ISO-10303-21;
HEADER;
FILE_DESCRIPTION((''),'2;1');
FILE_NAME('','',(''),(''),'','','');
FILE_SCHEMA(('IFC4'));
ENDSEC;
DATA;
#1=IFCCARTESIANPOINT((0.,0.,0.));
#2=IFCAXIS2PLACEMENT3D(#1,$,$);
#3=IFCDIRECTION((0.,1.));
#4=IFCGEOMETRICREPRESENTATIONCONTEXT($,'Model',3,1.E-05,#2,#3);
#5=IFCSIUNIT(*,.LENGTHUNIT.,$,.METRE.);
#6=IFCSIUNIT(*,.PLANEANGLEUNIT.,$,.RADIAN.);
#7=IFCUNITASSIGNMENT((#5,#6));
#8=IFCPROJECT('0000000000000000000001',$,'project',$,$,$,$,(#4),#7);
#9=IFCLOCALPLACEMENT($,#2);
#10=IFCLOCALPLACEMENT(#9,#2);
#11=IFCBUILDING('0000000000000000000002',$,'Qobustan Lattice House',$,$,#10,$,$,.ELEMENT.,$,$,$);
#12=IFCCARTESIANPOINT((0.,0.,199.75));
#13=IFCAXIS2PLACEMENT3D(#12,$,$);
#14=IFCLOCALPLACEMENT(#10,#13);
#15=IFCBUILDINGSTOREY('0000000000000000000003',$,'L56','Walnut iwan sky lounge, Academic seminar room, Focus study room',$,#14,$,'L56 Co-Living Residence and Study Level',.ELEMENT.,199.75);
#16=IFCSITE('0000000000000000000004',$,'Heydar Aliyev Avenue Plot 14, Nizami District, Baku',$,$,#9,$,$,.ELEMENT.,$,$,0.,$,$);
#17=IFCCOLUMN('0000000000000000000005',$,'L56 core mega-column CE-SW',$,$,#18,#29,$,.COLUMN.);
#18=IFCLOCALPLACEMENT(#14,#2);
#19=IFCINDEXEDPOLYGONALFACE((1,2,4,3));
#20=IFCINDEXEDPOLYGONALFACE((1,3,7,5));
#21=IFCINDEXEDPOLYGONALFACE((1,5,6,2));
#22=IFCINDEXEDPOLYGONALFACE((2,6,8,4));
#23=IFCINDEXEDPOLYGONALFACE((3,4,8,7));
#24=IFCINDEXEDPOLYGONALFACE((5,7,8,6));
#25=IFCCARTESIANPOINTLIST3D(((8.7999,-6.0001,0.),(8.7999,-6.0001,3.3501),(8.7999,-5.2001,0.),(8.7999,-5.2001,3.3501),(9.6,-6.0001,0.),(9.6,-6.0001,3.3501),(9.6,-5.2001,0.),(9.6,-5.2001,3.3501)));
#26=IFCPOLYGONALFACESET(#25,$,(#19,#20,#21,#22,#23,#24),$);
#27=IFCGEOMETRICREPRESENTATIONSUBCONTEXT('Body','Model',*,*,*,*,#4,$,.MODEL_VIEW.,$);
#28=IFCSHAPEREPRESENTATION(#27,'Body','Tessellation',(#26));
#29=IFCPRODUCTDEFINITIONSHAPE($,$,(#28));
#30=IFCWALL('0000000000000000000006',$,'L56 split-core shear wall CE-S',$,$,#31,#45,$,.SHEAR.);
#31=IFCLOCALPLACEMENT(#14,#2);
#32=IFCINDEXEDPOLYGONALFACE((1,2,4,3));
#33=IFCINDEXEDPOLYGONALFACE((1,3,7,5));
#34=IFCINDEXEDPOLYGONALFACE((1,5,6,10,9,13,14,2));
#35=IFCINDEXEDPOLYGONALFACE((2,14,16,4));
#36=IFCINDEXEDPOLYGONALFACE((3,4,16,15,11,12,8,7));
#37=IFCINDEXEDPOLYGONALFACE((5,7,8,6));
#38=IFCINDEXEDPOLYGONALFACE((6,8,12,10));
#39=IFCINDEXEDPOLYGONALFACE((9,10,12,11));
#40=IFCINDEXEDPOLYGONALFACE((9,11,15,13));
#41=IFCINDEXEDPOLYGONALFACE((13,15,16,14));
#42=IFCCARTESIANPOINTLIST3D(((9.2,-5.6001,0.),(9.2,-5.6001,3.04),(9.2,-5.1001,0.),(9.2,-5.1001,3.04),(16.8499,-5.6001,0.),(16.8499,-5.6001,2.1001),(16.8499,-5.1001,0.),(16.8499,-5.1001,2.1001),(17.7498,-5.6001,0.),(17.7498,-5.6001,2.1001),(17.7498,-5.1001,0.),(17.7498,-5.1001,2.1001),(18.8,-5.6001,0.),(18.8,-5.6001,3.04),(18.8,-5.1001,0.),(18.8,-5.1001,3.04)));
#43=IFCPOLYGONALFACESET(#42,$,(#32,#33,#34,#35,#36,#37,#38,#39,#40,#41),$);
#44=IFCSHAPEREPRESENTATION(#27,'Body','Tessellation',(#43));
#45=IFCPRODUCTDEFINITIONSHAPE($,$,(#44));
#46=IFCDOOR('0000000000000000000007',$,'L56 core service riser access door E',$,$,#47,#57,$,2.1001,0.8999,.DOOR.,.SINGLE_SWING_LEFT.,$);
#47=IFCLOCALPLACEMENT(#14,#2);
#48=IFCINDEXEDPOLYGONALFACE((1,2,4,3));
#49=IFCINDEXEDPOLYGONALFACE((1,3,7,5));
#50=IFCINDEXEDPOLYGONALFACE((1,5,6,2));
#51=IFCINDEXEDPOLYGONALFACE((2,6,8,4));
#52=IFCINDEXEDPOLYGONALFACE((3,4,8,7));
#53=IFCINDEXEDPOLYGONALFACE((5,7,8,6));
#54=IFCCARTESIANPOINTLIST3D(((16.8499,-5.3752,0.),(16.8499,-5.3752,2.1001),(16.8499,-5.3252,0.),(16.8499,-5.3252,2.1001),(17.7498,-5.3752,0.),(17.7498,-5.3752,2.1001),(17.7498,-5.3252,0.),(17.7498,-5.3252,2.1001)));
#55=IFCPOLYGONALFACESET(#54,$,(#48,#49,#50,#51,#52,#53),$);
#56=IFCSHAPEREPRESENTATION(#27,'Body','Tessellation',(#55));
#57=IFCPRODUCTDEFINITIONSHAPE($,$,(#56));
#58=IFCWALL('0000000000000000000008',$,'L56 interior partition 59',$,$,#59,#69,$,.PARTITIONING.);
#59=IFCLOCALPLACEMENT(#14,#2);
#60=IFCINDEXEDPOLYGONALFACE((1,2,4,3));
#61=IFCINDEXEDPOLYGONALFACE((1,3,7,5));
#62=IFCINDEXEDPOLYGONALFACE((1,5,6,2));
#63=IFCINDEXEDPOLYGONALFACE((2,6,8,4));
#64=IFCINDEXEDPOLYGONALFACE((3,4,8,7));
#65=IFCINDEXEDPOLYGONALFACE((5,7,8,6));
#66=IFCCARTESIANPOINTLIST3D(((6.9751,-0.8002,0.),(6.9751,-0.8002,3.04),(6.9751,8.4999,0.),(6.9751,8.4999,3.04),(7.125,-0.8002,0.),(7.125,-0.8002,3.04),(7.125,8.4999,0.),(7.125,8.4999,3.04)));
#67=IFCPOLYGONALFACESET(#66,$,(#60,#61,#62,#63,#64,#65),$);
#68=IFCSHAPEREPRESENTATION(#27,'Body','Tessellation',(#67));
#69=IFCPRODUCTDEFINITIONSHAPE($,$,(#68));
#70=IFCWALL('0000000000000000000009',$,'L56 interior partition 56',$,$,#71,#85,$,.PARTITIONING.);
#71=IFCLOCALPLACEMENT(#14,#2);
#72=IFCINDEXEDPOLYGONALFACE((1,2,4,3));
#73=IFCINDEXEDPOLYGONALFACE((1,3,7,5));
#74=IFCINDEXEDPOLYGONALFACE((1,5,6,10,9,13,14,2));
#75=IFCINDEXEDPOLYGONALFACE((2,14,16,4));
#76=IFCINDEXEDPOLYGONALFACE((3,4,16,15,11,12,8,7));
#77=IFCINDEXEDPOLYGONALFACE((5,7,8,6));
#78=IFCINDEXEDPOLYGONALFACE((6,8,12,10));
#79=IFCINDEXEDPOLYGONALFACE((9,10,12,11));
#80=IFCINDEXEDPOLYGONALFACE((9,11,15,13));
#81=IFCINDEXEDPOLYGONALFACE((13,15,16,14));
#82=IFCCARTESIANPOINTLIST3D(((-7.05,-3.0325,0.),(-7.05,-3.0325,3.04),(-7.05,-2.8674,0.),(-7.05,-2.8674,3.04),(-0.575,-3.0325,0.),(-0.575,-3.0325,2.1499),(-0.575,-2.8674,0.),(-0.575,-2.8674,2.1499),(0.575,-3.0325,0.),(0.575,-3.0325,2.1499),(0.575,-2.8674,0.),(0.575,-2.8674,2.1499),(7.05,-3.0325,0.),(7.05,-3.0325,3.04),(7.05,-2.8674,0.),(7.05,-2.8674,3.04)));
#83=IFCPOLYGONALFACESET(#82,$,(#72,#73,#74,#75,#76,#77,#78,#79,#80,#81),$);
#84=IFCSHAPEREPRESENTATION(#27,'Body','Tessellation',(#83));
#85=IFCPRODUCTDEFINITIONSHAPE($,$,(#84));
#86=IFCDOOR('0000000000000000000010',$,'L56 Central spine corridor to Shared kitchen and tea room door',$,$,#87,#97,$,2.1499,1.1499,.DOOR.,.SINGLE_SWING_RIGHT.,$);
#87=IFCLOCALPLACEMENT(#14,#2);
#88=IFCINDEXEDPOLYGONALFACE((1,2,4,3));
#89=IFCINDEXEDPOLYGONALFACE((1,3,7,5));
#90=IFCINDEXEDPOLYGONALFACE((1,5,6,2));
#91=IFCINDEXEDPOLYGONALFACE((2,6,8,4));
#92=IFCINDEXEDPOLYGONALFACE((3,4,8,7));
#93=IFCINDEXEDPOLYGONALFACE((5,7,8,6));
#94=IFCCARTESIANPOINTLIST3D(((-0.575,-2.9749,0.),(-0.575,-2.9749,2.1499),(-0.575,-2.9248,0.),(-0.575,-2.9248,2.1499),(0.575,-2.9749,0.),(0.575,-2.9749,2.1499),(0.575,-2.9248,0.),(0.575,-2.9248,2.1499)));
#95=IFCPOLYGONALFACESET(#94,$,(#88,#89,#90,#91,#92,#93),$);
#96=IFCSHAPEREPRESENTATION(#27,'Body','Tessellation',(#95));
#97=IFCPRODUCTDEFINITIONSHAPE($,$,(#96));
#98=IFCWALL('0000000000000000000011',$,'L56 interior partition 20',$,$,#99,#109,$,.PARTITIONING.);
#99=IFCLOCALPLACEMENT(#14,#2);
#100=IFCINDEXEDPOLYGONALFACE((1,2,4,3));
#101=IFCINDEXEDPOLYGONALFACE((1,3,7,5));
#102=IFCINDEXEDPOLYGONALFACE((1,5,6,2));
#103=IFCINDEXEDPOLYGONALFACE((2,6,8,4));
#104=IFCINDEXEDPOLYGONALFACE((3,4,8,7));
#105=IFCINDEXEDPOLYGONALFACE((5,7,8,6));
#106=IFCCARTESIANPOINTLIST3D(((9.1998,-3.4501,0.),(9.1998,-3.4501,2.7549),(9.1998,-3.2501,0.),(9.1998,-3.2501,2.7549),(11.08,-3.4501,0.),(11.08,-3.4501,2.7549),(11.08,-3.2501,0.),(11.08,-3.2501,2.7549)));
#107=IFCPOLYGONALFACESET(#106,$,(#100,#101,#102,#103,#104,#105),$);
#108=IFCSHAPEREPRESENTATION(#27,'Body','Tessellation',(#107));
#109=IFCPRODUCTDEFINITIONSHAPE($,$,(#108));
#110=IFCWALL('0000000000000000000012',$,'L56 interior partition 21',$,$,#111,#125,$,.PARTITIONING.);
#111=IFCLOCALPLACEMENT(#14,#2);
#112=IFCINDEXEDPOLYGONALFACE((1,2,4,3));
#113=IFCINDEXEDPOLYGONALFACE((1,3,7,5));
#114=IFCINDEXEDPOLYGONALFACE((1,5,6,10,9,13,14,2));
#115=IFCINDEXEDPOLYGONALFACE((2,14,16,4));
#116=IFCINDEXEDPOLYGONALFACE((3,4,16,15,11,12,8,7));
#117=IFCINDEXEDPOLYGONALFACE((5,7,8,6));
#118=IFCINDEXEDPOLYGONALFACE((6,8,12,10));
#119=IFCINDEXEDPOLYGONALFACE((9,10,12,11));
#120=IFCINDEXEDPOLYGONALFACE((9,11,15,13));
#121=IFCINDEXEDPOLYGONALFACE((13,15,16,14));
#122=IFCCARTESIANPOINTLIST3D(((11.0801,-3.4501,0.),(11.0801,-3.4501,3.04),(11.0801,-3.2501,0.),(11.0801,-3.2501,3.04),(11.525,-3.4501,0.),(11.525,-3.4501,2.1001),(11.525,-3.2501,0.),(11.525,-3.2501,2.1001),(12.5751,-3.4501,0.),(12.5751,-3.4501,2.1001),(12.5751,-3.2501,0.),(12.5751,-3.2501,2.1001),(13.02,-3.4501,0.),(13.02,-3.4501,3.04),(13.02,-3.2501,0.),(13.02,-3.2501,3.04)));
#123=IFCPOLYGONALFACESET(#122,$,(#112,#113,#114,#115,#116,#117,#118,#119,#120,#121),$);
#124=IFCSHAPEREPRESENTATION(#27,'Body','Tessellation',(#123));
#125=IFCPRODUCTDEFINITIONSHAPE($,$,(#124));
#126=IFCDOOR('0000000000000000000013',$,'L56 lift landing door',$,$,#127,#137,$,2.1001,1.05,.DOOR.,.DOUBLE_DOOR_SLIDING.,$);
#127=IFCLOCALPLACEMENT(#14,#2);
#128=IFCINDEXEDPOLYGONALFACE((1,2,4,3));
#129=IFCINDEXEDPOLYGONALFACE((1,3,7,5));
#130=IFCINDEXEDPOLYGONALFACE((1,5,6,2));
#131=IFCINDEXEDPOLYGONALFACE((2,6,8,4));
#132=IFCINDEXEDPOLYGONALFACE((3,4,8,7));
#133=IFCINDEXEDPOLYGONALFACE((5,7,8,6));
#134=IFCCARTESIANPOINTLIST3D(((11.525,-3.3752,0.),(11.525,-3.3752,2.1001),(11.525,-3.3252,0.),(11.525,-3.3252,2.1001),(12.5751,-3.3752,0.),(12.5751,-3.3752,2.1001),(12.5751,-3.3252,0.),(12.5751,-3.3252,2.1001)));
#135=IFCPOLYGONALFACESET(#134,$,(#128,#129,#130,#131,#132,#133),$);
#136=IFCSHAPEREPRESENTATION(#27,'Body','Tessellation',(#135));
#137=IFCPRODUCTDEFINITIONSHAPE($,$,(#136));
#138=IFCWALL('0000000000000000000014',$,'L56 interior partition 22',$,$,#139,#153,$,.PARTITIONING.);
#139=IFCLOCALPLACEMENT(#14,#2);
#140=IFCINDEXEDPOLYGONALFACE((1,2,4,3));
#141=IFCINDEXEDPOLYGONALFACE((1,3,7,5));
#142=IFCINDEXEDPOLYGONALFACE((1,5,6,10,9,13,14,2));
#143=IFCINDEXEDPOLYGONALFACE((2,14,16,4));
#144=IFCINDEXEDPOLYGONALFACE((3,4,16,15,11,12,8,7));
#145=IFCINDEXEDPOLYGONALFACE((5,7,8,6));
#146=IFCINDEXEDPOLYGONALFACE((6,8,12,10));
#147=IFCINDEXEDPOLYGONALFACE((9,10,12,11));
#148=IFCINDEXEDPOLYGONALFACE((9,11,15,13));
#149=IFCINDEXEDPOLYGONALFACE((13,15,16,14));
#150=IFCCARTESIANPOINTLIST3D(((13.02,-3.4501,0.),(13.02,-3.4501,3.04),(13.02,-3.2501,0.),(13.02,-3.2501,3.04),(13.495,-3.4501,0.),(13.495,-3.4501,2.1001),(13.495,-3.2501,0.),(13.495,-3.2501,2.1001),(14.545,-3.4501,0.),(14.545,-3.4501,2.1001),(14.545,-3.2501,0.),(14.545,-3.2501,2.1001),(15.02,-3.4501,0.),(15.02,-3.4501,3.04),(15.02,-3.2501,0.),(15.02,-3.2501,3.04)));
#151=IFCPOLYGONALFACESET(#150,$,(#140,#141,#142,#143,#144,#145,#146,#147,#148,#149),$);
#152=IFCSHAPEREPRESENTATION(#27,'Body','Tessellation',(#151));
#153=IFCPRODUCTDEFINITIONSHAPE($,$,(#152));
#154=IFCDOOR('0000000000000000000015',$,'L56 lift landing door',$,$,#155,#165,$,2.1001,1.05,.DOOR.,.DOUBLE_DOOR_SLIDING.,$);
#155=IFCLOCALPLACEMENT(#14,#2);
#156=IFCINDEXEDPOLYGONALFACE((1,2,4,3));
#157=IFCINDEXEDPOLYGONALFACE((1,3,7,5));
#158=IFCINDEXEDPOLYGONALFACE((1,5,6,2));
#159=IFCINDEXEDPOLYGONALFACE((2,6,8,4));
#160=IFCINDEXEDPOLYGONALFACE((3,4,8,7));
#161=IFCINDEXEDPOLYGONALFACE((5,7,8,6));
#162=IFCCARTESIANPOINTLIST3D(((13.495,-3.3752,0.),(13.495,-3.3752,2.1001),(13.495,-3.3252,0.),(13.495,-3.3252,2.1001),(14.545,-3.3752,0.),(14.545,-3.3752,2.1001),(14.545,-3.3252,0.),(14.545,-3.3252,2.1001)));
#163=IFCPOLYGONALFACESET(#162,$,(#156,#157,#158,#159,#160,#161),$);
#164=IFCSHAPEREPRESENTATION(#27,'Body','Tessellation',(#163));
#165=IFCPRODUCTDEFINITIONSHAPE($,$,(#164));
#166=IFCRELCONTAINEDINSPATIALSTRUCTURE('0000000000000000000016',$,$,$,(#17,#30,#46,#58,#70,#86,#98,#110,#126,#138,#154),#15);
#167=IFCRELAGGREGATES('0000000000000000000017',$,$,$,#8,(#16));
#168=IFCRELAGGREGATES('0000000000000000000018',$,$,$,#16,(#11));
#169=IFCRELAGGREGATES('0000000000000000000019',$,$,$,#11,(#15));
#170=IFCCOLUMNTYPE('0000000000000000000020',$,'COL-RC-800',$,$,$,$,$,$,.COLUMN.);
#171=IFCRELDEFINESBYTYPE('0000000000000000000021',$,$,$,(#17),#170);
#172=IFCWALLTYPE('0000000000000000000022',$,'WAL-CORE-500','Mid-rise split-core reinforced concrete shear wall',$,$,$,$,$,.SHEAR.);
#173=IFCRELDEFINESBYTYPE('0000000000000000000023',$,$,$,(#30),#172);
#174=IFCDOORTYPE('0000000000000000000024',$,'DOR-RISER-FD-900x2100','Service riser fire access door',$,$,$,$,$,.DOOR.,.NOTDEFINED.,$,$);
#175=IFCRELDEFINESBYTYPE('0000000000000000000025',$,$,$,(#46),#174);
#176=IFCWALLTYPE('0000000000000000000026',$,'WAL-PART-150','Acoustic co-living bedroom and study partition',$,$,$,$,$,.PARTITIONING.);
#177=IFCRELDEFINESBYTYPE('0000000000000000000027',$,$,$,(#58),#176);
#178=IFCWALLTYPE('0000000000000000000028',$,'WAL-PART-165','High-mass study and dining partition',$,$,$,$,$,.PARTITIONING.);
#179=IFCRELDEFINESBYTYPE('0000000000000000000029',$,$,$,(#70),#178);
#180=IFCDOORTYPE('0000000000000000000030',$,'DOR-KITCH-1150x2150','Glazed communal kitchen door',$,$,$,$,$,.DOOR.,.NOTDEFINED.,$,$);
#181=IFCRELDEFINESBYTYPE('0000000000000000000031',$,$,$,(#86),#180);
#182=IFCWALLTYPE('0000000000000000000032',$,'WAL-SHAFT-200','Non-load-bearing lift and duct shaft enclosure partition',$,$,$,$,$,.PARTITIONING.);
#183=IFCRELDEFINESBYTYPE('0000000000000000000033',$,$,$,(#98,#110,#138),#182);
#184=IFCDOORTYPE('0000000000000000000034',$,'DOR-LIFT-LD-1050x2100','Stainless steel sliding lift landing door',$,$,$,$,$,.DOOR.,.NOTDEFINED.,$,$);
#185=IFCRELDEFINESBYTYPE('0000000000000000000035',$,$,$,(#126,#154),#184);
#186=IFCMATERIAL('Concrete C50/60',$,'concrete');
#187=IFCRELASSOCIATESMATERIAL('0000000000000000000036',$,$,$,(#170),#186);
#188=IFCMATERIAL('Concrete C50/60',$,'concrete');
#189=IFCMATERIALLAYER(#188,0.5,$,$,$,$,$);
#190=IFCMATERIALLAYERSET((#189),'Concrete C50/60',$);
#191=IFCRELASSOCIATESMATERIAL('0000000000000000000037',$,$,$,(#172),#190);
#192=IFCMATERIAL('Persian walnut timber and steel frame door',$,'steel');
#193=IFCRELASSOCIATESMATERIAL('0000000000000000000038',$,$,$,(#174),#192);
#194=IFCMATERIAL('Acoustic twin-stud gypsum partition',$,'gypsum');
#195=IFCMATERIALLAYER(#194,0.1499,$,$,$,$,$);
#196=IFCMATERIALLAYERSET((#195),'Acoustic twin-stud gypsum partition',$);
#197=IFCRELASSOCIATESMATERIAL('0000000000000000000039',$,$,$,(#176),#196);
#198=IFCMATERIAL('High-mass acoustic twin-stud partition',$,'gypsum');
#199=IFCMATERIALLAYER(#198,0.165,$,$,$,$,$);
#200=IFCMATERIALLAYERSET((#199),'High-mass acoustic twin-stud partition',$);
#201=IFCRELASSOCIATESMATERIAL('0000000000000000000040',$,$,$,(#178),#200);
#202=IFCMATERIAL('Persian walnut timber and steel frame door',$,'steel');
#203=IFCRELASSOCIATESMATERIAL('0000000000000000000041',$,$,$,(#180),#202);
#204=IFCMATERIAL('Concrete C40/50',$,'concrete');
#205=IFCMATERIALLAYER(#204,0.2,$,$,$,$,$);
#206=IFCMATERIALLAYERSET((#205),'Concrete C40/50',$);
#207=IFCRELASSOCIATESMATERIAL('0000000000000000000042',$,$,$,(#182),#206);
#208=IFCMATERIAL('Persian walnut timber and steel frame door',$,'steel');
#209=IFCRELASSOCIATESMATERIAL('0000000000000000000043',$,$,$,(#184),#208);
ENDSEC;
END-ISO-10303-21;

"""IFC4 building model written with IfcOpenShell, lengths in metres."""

from ifc_helpers import new_model, si_unit, direction, frame, frame_2d, origin, origin_2d, place, context, subcontext, project, spatial, rectangle, extrude, material, layer, layer_set, material_profile, profile_set, type_object, element, fill, save


model = new_model("IFC4")

# Units and contexts
model_context = context("Model", 3, precision=1e-05, world=origin(), true_north=direction((0.0, 1.0)))
body_context = subcontext(model_context, "Body", "Model", "MODEL_VIEW")
ifc_project = project(units=[si_unit("LENGTHUNIT", "METRE"), si_unit("PLANEANGLEUNIT", "RADIAN")], contexts=[model_context])

# Site, building, storey
site_placement = place(None, origin())
site = spatial("IfcSite", under=ifc_project, at=site_placement, Name="Heydar Aliyev Avenue Plot 14, Nizami District, Baku", CompositionType="ELEMENT", RefElevation=0.0)
building_placement = place(site_placement, origin())
building = spatial("IfcBuilding", under=site, at=building_placement, Name="Qobustan Lattice House", CompositionType="ELEMENT")
storey_placement = place(building_placement, frame((0.0, 0.0, 199.75)))
storey = spatial("IfcBuildingStorey", under=building, at=storey_placement, Name="L56", Description="Walnut iwan sky lounge, Academic seminar room, Focus study room", LongName="L56 Co-Living Residence and Study Level", CompositionType="ELEMENT", Elevation=199.75)

# Column
ifc_material_1 = material(Name="Concrete C50/60", Category="concrete")
ifc_material_profile = material_profile(ifc_material_1, rectangle(XDim=0.8, YDim=0.8, at=origin_2d()), Name="RC800x800")
ifc_profile_set = profile_set([ifc_material_profile], Name="Concrete C50/60")
column_type = type_object("IfcColumnType", Name="COL-RC-800", PredefinedType="COLUMN", material=ifc_profile_set)
column_placement = place(storey_placement, frame((9.2, -5.6001, 0.0), z_axis=(0.0, 0.0, 1.0), x_axis=(1.0, 0.0, 0.0)))
element("IfcColumn", 1, at=column_placement, inside=storey, type_object=column_type, Name="L56 core mega-column CE-SW", PredefinedType="COLUMN", context=body_context, shape_type="SweptSolid", body=[
    extrude(rectangle(XDim=0.8, YDim=0.8, at=origin_2d()), origin(), (0.0, 0.0, 1.0), 3.3501),
])

# Wall, opening, door
ifc_material_2 = material(Name="Concrete C50/60", Category="concrete")
ifc_layer_1 = layer(ifc_material_2, 0.5)
ifc_layer_set_1 = layer_set([ifc_layer_1], Name="Concrete C50/60")
wall_type_1 = type_object("IfcWallType", Name="WAL-CORE-500", Description="Mid-rise split-core reinforced concrete shear wall", PredefinedType="SHEAR", material=ifc_layer_set_1)
wall_1_placement = place(storey_placement, frame((9.2, -5.3501, 0.0), z_axis=(0.0, 0.0, 1.0), x_axis=(1.0, 0.0, 0.0)))
wall_1 = element("IfcWall", 2, at=wall_1_placement, inside=storey, type_object=wall_type_1, Name="L56 split-core shear wall CE-S", PredefinedType="SHEAR", context=body_context, shape_type="SweptSolid", body=[
    extrude(rectangle(XDim=9.6001, YDim=0.5, at=frame_2d((4.8, 0.0))), origin(), (0.0, 0.0, 1.0), 3.04),
])
opening_1_placement = place(wall_1_placement, frame((7.6499, 0.0, 0.0)))
opening_1 = element("IfcOpeningElement", 3, at=opening_1_placement, cuts=wall_1, PredefinedType="OPENING", context=body_context, shape_type="SweptSolid", body=[
    extrude(rectangle(XDim=0.8999, YDim=2.1001, at=frame_2d((0.45, 1.05))), frame((0.0, 0.26, 0.0), z_axis=(0.0, -1.0, 0.0), x_axis=(1.0, 0.0, 0.0)), (0.0, 0.0, 1.0), 0.52),
])
ifc_material_3 = material(Name="Persian walnut timber and steel frame door", Category="steel")
door_type_1 = type_object("IfcDoorType", Name="DOR-RISER-FD-900x2100", Description="Service riser fire access door", OperationType="NOTDEFINED", PredefinedType="DOOR", material=ifc_material_3)
door_1_placement = place(opening_1_placement, origin())
door_1 = element("IfcDoor", 4, at=door_1_placement, inside=storey, type_object=door_type_1, Name="L56 core service riser access door E", OperationType="SINGLE_SWING_LEFT", OverallHeight=2.1001, OverallWidth=0.8999, PredefinedType="DOOR", context=body_context, shape_type="SweptSolid", body=[
    extrude(rectangle(XDim=0.8999, YDim=2.1001, at=frame_2d((0.45, 1.05))), frame((0.0, 0.0249, 0.0), z_axis=(0.0, -1.0, 0.0), x_axis=(1.0, 0.0, 0.0)), (0.0, 0.0, 1.0), 0.05),
])
fill(opening_1, door_1)

# Wall
ifc_material_4 = material(Name="Acoustic twin-stud gypsum partition", Category="gypsum")
ifc_layer_2 = layer(ifc_material_4, 0.1499)
ifc_layer_set_2 = layer_set([ifc_layer_2], Name="Acoustic twin-stud gypsum partition")
wall_type_2 = type_object("IfcWallType", Name="WAL-PART-150", Description="Acoustic co-living bedroom and study partition", PredefinedType="PARTITIONING", material=ifc_layer_set_2)
wall_2_placement = place(storey_placement, frame((7.05, -0.8, 0.0), z_axis=(0.0, 0.0, 1.0), x_axis=(0.0, 1.0, 0.0)))
element("IfcWall", 5, at=wall_2_placement, inside=storey, type_object=wall_type_2, Name="L56 interior partition 59", PredefinedType="PARTITIONING", context=body_context, shape_type="SweptSolid", body=[
    extrude(rectangle(XDim=9.3, YDim=0.1499, at=frame_2d((4.6499, 0.0))), origin(), (0.0, 0.0, 1.0), 3.04),
])

# Wall, opening, door
ifc_material_5 = material(Name="High-mass acoustic twin-stud partition", Category="gypsum")
ifc_layer_3 = layer(ifc_material_5, 0.165)
ifc_layer_set_3 = layer_set([ifc_layer_3], Name="High-mass acoustic twin-stud partition")
wall_type_3 = type_object("IfcWallType", Name="WAL-PART-165", Description="High-mass study and dining partition", PredefinedType="PARTITIONING", material=ifc_layer_set_3)
wall_3_placement = place(storey_placement, frame((7.05, -2.95, 0.0), z_axis=(0.0, 0.0, 1.0), x_axis=(-1.0, 0.0, 0.0)))
wall_3 = element("IfcWall", 6, at=wall_3_placement, inside=storey, type_object=wall_type_3, Name="L56 interior partition 56", PredefinedType="PARTITIONING", context=body_context, shape_type="SweptSolid", body=[
    extrude(rectangle(XDim=14.1001, YDim=0.165, at=frame_2d((7.05, 0.0))), origin(), (0.0, 0.0, 1.0), 3.04),
])
opening_2_placement = place(wall_3_placement, frame((6.4751, 0.0, 0.0)))
opening_2 = element("IfcOpeningElement", 7, at=opening_2_placement, cuts=wall_3, PredefinedType="OPENING", context=body_context, shape_type="SweptSolid", body=[
    extrude(rectangle(XDim=1.1499, YDim=2.1499, at=frame_2d((0.575, 1.075))), frame((0.0, 0.0925, 0.0), z_axis=(0.0, -1.0, 0.0), x_axis=(1.0, 0.0, 0.0)), (0.0, 0.0, 1.0), 0.1851),
])
ifc_material_6 = material(Name="Persian walnut timber and steel frame door", Category="steel")
door_type_2 = type_object("IfcDoorType", Name="DOR-KITCH-1150x2150", Description="Glazed communal kitchen door", OperationType="NOTDEFINED", PredefinedType="DOOR", material=ifc_material_6)
door_2_placement = place(opening_2_placement, origin())
door_2 = element("IfcDoor", 8, at=door_2_placement, inside=storey, type_object=door_type_2, Name="L56 Central spine corridor to Shared kitchen and tea room door", OperationType="SINGLE_SWING_RIGHT", OverallHeight=2.1499, OverallWidth=1.1499, PredefinedType="DOOR", context=body_context, shape_type="SweptSolid", body=[
    extrude(rectangle(XDim=1.1499, YDim=2.1499, at=frame_2d((0.575, 1.075))), frame((0.0, 0.0249, 0.0), z_axis=(0.0, -1.0, 0.0), x_axis=(1.0, 0.0, 0.0)), (0.0, 0.0, 1.0), 0.05),
])
fill(opening_2, door_2)

# Wall
ifc_material_7 = material(Name="Concrete C40/50", Category="concrete")
ifc_layer_4 = layer(ifc_material_7, 0.2)
ifc_layer_set_4 = layer_set([ifc_layer_4], Name="Concrete C40/50")
wall_type_4 = type_object("IfcWallType", Name="WAL-SHAFT-200", Description="Non-load-bearing lift and duct shaft enclosure partition", PredefinedType="PARTITIONING", material=ifc_layer_set_4)
wall_4_placement = place(storey_placement, frame((9.2, -3.3501, 0.0), z_axis=(0.0, 0.0, 1.0), x_axis=(1.0, 0.0, 0.0)))
element("IfcWall", 9, at=wall_4_placement, inside=storey, type_object=wall_type_4, Name="L56 interior partition 20", PredefinedType="PARTITIONING", context=body_context, shape_type="SweptSolid", body=[
    extrude(rectangle(XDim=1.8801, YDim=0.2, at=frame_2d((0.9399, 0.0))), origin(), (0.0, 0.0, 1.0), 2.7549),
])

# Walls, openings, doors
wall_5_placement = place(storey_placement, frame((11.0801, -3.3501, 0.0), z_axis=(0.0, 0.0, 1.0), x_axis=(1.0, 0.0, 0.0)))
wall_5 = element("IfcWall", 10, at=wall_5_placement, inside=storey, type_object=wall_type_4, Name="L56 interior partition 21", PredefinedType="PARTITIONING", context=body_context, shape_type="SweptSolid", body=[
    extrude(rectangle(XDim=1.9399, YDim=0.2, at=frame_2d((0.97, 0.0))), origin(), (0.0, 0.0, 1.0), 3.04),
])
opening_3_placement = place(wall_5_placement, frame((0.4451, 0.0, 0.0)))
opening_3 = element("IfcOpeningElement", 11, at=opening_3_placement, cuts=wall_5, PredefinedType="OPENING", context=body_context, shape_type="SweptSolid", body=[
    extrude(rectangle(XDim=1.05, YDim=2.1001, at=frame_2d((0.5249, 1.05))), frame((0.0, 0.1099, 0.0), z_axis=(0.0, -1.0, 0.0), x_axis=(1.0, 0.0, 0.0)), (0.0, 0.0, 1.0), 0.22),
])
ifc_material_8 = material(Name="Persian walnut timber and steel frame door", Category="steel")
door_type_3 = type_object("IfcDoorType", Name="DOR-LIFT-LD-1050x2100", Description="Stainless steel sliding lift landing door", OperationType="NOTDEFINED", PredefinedType="DOOR", material=ifc_material_8)
door_3_placement = place(opening_3_placement, origin())
door_3 = element("IfcDoor", 12, at=door_3_placement, inside=storey, type_object=door_type_3, Name="L56 lift landing door", OperationType="DOUBLE_DOOR_SLIDING", OverallHeight=2.1001, OverallWidth=1.05, PredefinedType="DOOR", context=body_context, shape_type="SweptSolid", body=[
    extrude(rectangle(XDim=1.05, YDim=2.1001, at=frame_2d((0.5249, 1.05))), frame((0.0, 0.0249, 0.0), z_axis=(0.0, -1.0, 0.0), x_axis=(1.0, 0.0, 0.0)), (0.0, 0.0, 1.0), 0.05),
])
fill(opening_3, door_3)
wall_6_placement = place(storey_placement, frame((13.02, -3.3501, 0.0), z_axis=(0.0, 0.0, 1.0), x_axis=(1.0, 0.0, 0.0)))
wall_6 = element("IfcWall", 13, at=wall_6_placement, inside=storey, type_object=wall_type_4, Name="L56 interior partition 22", PredefinedType="PARTITIONING", context=body_context, shape_type="SweptSolid", body=[
    extrude(rectangle(XDim=2.0, YDim=0.2, at=frame_2d((1.0, 0.0))), origin(), (0.0, 0.0, 1.0), 3.04),
])
opening_4_placement = place(wall_6_placement, frame((0.4751, 0.0, 0.0)))
opening_4 = element("IfcOpeningElement", 14, at=opening_4_placement, cuts=wall_6, PredefinedType="OPENING", context=body_context, shape_type="SweptSolid", body=[
    extrude(rectangle(XDim=1.05, YDim=2.1001, at=frame_2d((0.5249, 1.05))), frame((0.0, 0.1099, 0.0), z_axis=(0.0, -1.0, 0.0), x_axis=(1.0, 0.0, 0.0)), (0.0, 0.0, 1.0), 0.22),
])
door_4_placement = place(opening_4_placement, origin())
door_4 = element("IfcDoor", 15, at=door_4_placement, inside=storey, type_object=door_type_3, Name="L56 lift landing door", OperationType="DOUBLE_DOOR_SLIDING", OverallHeight=2.1001, OverallWidth=1.05, PredefinedType="DOOR", context=body_context, shape_type="SweptSolid", body=[
    extrude(rectangle(XDim=1.05, YDim=2.1001, at=frame_2d((0.5249, 1.05))), frame((0.0, 0.0249, 0.0), z_axis=(0.0, -1.0, 0.0), x_axis=(1.0, 0.0, 0.0)), (0.0, 0.0, 1.0), 0.05),
])
fill(opening_4, door_4)

save(model, "model.ifc")
